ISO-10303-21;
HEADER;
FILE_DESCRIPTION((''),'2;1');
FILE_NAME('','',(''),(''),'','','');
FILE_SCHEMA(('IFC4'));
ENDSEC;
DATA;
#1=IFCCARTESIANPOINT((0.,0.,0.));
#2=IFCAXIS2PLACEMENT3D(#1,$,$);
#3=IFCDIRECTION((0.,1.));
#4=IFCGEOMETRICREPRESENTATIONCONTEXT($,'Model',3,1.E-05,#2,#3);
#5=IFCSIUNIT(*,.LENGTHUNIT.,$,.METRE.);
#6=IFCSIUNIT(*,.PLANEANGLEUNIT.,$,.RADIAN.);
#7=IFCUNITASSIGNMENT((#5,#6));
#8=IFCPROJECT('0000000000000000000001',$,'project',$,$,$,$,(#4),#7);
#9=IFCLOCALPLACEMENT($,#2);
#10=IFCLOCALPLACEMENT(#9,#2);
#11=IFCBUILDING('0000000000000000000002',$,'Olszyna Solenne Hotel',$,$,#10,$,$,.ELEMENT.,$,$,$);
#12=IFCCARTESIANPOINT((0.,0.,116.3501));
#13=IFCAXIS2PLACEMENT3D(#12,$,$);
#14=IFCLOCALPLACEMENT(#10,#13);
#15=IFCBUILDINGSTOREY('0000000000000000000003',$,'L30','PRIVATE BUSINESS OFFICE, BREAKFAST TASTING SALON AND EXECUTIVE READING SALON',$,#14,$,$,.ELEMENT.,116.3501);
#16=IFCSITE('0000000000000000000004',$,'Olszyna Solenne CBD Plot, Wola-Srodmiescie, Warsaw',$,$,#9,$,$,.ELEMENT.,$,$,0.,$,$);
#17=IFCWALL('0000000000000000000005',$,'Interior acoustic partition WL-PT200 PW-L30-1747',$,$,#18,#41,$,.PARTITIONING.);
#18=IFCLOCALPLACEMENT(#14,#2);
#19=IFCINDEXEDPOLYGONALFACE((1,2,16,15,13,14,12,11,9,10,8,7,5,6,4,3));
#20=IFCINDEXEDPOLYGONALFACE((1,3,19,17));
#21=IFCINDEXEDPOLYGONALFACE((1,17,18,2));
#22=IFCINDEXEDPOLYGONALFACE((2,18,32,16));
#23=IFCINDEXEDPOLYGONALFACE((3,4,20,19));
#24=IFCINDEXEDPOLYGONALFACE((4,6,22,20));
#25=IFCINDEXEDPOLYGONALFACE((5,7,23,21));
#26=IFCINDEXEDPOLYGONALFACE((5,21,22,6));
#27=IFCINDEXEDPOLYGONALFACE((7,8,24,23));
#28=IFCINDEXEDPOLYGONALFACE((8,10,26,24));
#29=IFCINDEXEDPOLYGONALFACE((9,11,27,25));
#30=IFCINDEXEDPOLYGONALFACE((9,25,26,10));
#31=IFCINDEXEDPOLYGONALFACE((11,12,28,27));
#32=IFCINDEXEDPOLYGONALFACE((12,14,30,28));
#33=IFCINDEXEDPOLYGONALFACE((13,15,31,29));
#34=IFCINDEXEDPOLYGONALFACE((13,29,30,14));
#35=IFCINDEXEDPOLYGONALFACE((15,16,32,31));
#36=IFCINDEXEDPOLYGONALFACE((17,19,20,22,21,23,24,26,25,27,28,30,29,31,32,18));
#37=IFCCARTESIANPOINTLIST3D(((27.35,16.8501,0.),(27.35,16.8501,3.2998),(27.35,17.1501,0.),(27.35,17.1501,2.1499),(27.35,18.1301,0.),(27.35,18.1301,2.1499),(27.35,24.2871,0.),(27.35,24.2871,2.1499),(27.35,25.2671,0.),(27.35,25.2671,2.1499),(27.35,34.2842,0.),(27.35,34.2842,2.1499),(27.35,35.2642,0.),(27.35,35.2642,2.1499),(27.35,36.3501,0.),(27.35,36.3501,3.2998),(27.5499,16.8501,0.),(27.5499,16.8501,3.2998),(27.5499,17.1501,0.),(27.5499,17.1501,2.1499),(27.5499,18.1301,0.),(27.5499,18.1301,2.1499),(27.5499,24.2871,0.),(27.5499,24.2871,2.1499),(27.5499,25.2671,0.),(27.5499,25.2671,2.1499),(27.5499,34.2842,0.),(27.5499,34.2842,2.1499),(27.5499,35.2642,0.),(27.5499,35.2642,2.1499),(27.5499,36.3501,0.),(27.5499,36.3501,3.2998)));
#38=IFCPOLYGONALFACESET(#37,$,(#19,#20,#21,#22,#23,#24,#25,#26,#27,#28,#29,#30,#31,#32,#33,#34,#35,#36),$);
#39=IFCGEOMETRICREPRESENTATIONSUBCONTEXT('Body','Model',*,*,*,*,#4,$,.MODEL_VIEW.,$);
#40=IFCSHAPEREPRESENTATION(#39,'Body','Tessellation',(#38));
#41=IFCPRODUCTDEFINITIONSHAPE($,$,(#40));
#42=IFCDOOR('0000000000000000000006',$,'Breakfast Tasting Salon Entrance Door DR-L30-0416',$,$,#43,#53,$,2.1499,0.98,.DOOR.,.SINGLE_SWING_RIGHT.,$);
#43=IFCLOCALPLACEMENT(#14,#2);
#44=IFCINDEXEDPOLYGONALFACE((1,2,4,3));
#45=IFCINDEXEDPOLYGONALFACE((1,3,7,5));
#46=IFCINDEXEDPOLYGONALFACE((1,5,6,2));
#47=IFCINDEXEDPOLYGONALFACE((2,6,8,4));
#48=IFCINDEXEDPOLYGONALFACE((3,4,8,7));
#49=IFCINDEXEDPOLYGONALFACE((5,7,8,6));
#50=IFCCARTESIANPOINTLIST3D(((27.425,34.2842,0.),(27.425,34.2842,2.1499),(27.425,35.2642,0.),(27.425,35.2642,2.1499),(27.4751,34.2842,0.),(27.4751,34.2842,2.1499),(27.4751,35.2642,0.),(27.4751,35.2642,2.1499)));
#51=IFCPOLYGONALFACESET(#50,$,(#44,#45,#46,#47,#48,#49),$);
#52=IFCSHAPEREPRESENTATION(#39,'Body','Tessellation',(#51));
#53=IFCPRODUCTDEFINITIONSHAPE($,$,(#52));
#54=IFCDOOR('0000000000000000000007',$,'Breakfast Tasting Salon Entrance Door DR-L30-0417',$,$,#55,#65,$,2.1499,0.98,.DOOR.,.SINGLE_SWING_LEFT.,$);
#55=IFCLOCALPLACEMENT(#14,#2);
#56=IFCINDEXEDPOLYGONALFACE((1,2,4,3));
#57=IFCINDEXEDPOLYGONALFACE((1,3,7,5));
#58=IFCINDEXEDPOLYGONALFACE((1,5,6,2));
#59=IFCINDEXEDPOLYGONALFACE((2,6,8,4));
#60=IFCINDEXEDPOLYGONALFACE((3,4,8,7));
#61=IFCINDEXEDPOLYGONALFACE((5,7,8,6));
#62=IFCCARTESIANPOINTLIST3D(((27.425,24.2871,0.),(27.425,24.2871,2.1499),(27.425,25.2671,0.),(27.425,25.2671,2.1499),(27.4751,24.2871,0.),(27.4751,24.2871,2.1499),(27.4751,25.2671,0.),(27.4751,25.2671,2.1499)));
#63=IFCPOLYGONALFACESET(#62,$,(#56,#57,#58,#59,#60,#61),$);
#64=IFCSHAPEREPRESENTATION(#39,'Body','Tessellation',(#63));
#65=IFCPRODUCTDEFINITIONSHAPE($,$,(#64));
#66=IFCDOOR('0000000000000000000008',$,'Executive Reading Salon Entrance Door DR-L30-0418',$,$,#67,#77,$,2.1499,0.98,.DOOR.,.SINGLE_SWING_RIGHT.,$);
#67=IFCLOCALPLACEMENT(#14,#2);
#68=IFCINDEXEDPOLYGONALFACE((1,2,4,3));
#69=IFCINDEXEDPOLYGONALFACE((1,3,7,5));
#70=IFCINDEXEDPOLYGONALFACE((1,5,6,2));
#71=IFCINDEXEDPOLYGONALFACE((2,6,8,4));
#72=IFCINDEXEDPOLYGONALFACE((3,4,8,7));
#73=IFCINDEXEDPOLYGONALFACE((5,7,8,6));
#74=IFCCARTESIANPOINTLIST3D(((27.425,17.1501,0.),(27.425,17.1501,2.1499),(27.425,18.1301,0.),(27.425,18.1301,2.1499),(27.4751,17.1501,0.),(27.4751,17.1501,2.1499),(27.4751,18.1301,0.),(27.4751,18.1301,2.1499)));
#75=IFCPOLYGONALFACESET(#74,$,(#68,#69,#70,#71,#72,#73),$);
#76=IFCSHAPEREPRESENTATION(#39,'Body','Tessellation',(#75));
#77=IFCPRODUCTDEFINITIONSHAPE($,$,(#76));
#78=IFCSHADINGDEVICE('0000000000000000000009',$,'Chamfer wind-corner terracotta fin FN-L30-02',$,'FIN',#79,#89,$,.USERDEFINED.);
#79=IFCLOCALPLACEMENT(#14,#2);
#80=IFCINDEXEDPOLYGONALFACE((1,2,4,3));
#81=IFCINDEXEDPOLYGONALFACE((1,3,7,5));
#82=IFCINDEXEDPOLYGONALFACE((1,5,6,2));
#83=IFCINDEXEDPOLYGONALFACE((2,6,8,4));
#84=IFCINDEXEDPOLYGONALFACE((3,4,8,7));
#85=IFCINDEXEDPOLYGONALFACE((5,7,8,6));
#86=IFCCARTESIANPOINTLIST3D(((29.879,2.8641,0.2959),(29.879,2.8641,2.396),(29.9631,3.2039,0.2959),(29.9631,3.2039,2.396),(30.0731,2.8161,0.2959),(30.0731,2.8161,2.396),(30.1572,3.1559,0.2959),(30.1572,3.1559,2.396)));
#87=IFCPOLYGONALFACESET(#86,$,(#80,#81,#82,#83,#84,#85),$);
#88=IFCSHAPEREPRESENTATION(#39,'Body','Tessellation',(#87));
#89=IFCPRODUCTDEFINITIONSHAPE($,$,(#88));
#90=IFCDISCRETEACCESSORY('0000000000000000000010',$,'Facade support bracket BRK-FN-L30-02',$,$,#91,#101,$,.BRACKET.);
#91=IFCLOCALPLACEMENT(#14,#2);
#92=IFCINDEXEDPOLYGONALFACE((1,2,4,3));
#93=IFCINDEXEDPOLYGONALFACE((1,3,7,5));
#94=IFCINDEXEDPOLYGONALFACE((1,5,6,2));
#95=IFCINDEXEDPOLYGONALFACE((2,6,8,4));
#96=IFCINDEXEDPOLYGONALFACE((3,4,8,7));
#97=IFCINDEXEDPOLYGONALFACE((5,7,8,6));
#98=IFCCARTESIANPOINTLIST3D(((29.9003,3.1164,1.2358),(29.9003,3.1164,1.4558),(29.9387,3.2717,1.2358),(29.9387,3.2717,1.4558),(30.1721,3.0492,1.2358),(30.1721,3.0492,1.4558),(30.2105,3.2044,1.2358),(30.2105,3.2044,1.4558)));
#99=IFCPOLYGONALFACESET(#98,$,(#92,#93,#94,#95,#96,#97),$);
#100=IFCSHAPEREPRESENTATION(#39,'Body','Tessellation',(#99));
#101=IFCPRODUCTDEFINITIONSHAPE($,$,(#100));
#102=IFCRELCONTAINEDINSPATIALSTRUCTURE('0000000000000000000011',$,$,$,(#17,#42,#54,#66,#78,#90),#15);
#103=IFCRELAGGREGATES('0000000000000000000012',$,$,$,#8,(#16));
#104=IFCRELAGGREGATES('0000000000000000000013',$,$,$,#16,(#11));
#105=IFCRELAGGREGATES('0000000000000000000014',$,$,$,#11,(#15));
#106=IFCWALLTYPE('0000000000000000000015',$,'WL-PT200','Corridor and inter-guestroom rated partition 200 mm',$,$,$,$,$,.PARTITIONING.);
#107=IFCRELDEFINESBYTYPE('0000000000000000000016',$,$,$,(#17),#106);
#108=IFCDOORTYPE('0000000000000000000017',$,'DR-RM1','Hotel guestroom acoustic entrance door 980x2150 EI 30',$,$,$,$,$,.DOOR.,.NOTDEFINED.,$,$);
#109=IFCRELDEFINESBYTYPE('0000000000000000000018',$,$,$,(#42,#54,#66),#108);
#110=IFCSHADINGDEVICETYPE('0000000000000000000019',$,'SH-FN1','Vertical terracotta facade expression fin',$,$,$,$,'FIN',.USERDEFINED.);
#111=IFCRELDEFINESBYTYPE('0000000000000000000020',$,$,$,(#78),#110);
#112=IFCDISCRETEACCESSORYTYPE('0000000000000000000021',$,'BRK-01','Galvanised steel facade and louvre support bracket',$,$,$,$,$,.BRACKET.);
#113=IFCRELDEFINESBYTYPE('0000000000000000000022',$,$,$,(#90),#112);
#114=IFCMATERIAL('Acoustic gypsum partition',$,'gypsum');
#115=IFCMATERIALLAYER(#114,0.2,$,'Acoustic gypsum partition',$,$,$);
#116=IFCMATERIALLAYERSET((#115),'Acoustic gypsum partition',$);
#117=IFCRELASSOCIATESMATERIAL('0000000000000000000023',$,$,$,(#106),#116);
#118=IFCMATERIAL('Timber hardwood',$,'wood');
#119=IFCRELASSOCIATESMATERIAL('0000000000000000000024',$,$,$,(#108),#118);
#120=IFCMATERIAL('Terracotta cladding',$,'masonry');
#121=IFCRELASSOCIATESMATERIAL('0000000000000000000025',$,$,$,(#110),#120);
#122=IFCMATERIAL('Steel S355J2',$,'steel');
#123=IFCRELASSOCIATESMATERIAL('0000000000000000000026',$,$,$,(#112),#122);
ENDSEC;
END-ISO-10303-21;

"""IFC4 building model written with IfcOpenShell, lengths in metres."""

from ifc_helpers import new_model, si_unit, direction, frame, frame_2d, origin, origin_2d, place, context, subcontext, project, spatial, rectangle, extrude, source, transform, mapped, material, layer, layer_set, type_object, type_shapes, element, fill, save


model = new_model("IFC4")

# Units and contexts
model_context = context("Model", 3, precision=1e-05, world=origin(), true_north=direction((0.0, 1.0)))
body_context = subcontext(model_context, "Body", "Model", "MODEL_VIEW")
ifc_project = project(units=[si_unit("LENGTHUNIT", "METRE"), si_unit("PLANEANGLEUNIT", "RADIAN")], contexts=[model_context])

# Site, building, storey
site_placement = place(None, origin())
site = spatial("IfcSite", under=ifc_project, at=site_placement, Name="Olszyna Solenne CBD Plot, Wola-Srodmiescie, Warsaw", CompositionType="ELEMENT", RefElevation=0.0)
building_placement = place(site_placement, origin())
building = spatial("IfcBuilding", under=site, at=building_placement, Name="Olszyna Solenne Hotel", CompositionType="ELEMENT")
storey_placement = place(building_placement, frame((0.0, 0.0, 116.3501)))
storey = spatial("IfcBuildingStorey", under=building, at=storey_placement, Name="L30", Description="PRIVATE BUSINESS OFFICE, BREAKFAST TASTING SALON AND EXECUTIVE READING SALON", CompositionType="ELEMENT", Elevation=116.3501)

# Shared definitions
ifc_material_1 = material(Name="Steel S355J2", Category="steel")

# Shared definitions
ifc_material_2 = material(Name="Terracotta cladding", Category="masonry")

# Shared definitions
ifc_material_3 = material(Name="Acoustic gypsum partition", Category="gypsum")

# Shared definitions
ifc_material_4 = material(Name="Timber hardwood", Category="wood")

# Shared definitions
ifc_layer_1 = layer(ifc_material_3, 0.2, Name="Acoustic gypsum partition")
ifc_layer_set_1 = layer_set([ifc_layer_1], Name="Acoustic gypsum partition")
wall_type_1 = type_object("IfcWallType", Name="WL-PT200", Description="Corridor and inter-guestroom rated partition 200 mm", PredefinedType="PARTITIONING", material=ifc_layer_set_1)

# Wall, openings, doors
door_type_1 = type_object("IfcDoorType", Name="DR-RM1", Description="Hotel guestroom acoustic entrance door 980x2150 EI 30", OperationType="NOTDEFINED", PredefinedType="DOOR", material=ifc_material_4)
shared_shape_1 = source(origin(), body_context, "Body", "SweptSolid", [
    extrude(rectangle(XDim=0.98, YDim=2.1499, at=frame_2d((0.49, 1.075))), frame((0.0, 0.0249, 0.0), z_axis=(0.0, -1.0, 0.0), x_axis=(1.0, 0.0, 0.0)), (0.0, 0.0, 1.0), 0.05),
])
type_shapes(door_type_1, [shared_shape_1])
wall_1_placement = place(storey_placement, frame((27.45, 16.8501, 0.0), z_axis=(0.0, 0.0, 1.0), x_axis=(0.0, 1.0, 0.0)))
wall_1 = element("IfcWall", 1, at=wall_1_placement, inside=storey, type_object=wall_type_1, Name="Interior acoustic partition WL-PT200 PW-L30-1747", PredefinedType="PARTITIONING", context=body_context, shape_type="SweptSolid", body=[
    extrude(rectangle(XDim=19.5, YDim=0.2, at=frame_2d((9.75, 0.0))), origin(), (0.0, 0.0, 1.0), 3.2998),
])
opening_1_placement = place(wall_1_placement, frame((17.4341, 0.0, 0.0)))
opening_1 = element("IfcOpeningElement", 2, at=opening_1_placement, cuts=wall_1, PredefinedType="OPENING", context=body_context, shape_type="SweptSolid", body=[
    extrude(rectangle(XDim=0.98, YDim=2.1499, at=frame_2d((0.49, 1.075))), frame((0.0, 0.1099, 0.0), z_axis=(0.0, -1.0, 0.0), x_axis=(1.0, 0.0, 0.0)), (0.0, 0.0, 1.0), 0.22),
])
opening_2_placement = place(wall_1_placement, frame((7.437, 0.0, 0.0)))
opening_2 = element("IfcOpeningElement", 3, at=opening_2_placement, cuts=wall_1, PredefinedType="OPENING", context=body_context, shape_type="SweptSolid", body=[
    extrude(rectangle(XDim=0.98, YDim=2.1499, at=frame_2d((0.49, 1.075))), frame((0.0, 0.1099, 0.0), z_axis=(0.0, -1.0, 0.0), x_axis=(1.0, 0.0, 0.0)), (0.0, 0.0, 1.0), 0.22),
])
opening_3_placement = place(wall_1_placement, frame((0.3, 0.0, 0.0)))
opening_3 = element("IfcOpeningElement", 4, at=opening_3_placement, cuts=wall_1, PredefinedType="OPENING", context=body_context, shape_type="SweptSolid", body=[
    extrude(rectangle(XDim=0.98, YDim=2.1499, at=frame_2d((0.49, 1.075))), frame((0.0, 0.1099, 0.0), z_axis=(0.0, -1.0, 0.0), x_axis=(1.0, 0.0, 0.0)), (0.0, 0.0, 1.0), 0.22),
])
door_1_placement = place(opening_1_placement, origin())
door_1 = element("IfcDoor", 5, at=door_1_placement, inside=storey, type_object=door_type_1, Name="Breakfast Tasting Salon Entrance Door DR-L30-0416", OperationType="SINGLE_SWING_RIGHT", OverallHeight=2.1499, OverallWidth=0.98, PredefinedType="DOOR", context=body_context, shape_type="MappedRepresentation", body=[
    mapped(shared_shape_1, transform((0.0, 0.0, 0.0), x_axis=(1.0, 0.0, 0.0), y_axis=(0.0, 1.0, 0.0), z_axis=(0.0, 0.0, 1.0), scale=1.0)),
])
fill(opening_1, door_1)
door_2_placement = place(opening_2_placement, origin())
door_2 = element("IfcDoor", 6, at=door_2_placement, inside=storey, type_object=door_type_1, Name="Breakfast Tasting Salon Entrance Door DR-L30-0417", OperationType="SINGLE_SWING_LEFT", OverallHeight=2.1499, OverallWidth=0.98, PredefinedType="DOOR", context=body_context, shape_type="MappedRepresentation", body=[
    mapped(shared_shape_1, transform((0.0, 0.0, 0.0), x_axis=(1.0, 0.0, 0.0), y_axis=(0.0, 1.0, 0.0), z_axis=(0.0, 0.0, 1.0), scale=1.0)),
])
fill(opening_2, door_2)
door_3_placement = place(opening_3_placement, origin())
door_3 = element("IfcDoor", 7, at=door_3_placement, inside=storey, type_object=door_type_1, Name="Executive Reading Salon Entrance Door DR-L30-0418", OperationType="SINGLE_SWING_RIGHT", OverallHeight=2.1499, OverallWidth=0.98, PredefinedType="DOOR", context=body_context, shape_type="MappedRepresentation", body=[
    mapped(shared_shape_1, transform((0.0, 0.0, 0.0), x_axis=(1.0, 0.0, 0.0), y_axis=(0.0, 1.0, 0.0), z_axis=(0.0, 0.0, 1.0), scale=1.0)),
])
fill(opening_3, door_3)

# Shading device
shading_device_type = type_object("IfcShadingDeviceType", Name="SH-FN1", Description="Vertical terracotta facade expression fin", ElementType="FIN", PredefinedType="USERDEFINED", material=ifc_material_2)
shared_shape_2 = source(origin(), body_context, "Body", "SweptSolid", [
    extrude(rectangle(XDim=0.2, YDim=0.3501, at=origin_2d()), origin(), (0.0, 0.0, 1.0), 2.1001),
])
shading_device_placement = place(storey_placement, frame((30.0181, 3.01, 0.2959), z_axis=(0.0, 0.0, 1.0), x_axis=(-0.970716, 0.240228, 0.0)))
element("IfcShadingDevice", 8, at=shading_device_placement, inside=storey, type_object=shading_device_type, Name="Chamfer wind-corner terracotta fin FN-L30-02", ObjectType="FIN", PredefinedType="USERDEFINED", context=body_context, shape_type="MappedRepresentation", body=[
    mapped(shared_shape_2, transform((0.0, 0.0, 0.0), x_axis=(1.0, 0.0, 0.0), y_axis=(0.0, 1.0, 0.0), z_axis=(0.0, 0.0, 1.0), scale=1.0)),
])

# Discrete accessory
discrete_accessory_type = type_object("IfcDiscreteAccessoryType", Name="BRK-01", Description="Galvanised steel facade and louvre support bracket", PredefinedType="BRACKET", material=ifc_material_1)
shared_shape_3 = source(origin(), body_context, "Body", "SweptSolid", [
    extrude(rectangle(XDim=0.28, YDim=0.1599, at=origin_2d()), origin(), (0.0, 0.0, 1.0), 0.22),
])
discrete_accessory_placement = place(storey_placement, frame((30.0554, 3.1604, 1.2358), z_axis=(0.0, 0.0, 1.0), x_axis=(-0.970716, 0.240228, 0.0)))
element("IfcDiscreteAccessory", 9, at=discrete_accessory_placement, inside=storey, type_object=discrete_accessory_type, Name="Facade support bracket BRK-FN-L30-02", PredefinedType="BRACKET", context=body_context, shape_type="MappedRepresentation", body=[
    mapped(shared_shape_3, transform((0.0, 0.0, 0.0), x_axis=(1.0, 0.0, 0.0), y_axis=(0.0, 1.0, 0.0), z_axis=(0.0, 0.0, 1.0), scale=1.0)),
])

save(model, "model.ifc")
